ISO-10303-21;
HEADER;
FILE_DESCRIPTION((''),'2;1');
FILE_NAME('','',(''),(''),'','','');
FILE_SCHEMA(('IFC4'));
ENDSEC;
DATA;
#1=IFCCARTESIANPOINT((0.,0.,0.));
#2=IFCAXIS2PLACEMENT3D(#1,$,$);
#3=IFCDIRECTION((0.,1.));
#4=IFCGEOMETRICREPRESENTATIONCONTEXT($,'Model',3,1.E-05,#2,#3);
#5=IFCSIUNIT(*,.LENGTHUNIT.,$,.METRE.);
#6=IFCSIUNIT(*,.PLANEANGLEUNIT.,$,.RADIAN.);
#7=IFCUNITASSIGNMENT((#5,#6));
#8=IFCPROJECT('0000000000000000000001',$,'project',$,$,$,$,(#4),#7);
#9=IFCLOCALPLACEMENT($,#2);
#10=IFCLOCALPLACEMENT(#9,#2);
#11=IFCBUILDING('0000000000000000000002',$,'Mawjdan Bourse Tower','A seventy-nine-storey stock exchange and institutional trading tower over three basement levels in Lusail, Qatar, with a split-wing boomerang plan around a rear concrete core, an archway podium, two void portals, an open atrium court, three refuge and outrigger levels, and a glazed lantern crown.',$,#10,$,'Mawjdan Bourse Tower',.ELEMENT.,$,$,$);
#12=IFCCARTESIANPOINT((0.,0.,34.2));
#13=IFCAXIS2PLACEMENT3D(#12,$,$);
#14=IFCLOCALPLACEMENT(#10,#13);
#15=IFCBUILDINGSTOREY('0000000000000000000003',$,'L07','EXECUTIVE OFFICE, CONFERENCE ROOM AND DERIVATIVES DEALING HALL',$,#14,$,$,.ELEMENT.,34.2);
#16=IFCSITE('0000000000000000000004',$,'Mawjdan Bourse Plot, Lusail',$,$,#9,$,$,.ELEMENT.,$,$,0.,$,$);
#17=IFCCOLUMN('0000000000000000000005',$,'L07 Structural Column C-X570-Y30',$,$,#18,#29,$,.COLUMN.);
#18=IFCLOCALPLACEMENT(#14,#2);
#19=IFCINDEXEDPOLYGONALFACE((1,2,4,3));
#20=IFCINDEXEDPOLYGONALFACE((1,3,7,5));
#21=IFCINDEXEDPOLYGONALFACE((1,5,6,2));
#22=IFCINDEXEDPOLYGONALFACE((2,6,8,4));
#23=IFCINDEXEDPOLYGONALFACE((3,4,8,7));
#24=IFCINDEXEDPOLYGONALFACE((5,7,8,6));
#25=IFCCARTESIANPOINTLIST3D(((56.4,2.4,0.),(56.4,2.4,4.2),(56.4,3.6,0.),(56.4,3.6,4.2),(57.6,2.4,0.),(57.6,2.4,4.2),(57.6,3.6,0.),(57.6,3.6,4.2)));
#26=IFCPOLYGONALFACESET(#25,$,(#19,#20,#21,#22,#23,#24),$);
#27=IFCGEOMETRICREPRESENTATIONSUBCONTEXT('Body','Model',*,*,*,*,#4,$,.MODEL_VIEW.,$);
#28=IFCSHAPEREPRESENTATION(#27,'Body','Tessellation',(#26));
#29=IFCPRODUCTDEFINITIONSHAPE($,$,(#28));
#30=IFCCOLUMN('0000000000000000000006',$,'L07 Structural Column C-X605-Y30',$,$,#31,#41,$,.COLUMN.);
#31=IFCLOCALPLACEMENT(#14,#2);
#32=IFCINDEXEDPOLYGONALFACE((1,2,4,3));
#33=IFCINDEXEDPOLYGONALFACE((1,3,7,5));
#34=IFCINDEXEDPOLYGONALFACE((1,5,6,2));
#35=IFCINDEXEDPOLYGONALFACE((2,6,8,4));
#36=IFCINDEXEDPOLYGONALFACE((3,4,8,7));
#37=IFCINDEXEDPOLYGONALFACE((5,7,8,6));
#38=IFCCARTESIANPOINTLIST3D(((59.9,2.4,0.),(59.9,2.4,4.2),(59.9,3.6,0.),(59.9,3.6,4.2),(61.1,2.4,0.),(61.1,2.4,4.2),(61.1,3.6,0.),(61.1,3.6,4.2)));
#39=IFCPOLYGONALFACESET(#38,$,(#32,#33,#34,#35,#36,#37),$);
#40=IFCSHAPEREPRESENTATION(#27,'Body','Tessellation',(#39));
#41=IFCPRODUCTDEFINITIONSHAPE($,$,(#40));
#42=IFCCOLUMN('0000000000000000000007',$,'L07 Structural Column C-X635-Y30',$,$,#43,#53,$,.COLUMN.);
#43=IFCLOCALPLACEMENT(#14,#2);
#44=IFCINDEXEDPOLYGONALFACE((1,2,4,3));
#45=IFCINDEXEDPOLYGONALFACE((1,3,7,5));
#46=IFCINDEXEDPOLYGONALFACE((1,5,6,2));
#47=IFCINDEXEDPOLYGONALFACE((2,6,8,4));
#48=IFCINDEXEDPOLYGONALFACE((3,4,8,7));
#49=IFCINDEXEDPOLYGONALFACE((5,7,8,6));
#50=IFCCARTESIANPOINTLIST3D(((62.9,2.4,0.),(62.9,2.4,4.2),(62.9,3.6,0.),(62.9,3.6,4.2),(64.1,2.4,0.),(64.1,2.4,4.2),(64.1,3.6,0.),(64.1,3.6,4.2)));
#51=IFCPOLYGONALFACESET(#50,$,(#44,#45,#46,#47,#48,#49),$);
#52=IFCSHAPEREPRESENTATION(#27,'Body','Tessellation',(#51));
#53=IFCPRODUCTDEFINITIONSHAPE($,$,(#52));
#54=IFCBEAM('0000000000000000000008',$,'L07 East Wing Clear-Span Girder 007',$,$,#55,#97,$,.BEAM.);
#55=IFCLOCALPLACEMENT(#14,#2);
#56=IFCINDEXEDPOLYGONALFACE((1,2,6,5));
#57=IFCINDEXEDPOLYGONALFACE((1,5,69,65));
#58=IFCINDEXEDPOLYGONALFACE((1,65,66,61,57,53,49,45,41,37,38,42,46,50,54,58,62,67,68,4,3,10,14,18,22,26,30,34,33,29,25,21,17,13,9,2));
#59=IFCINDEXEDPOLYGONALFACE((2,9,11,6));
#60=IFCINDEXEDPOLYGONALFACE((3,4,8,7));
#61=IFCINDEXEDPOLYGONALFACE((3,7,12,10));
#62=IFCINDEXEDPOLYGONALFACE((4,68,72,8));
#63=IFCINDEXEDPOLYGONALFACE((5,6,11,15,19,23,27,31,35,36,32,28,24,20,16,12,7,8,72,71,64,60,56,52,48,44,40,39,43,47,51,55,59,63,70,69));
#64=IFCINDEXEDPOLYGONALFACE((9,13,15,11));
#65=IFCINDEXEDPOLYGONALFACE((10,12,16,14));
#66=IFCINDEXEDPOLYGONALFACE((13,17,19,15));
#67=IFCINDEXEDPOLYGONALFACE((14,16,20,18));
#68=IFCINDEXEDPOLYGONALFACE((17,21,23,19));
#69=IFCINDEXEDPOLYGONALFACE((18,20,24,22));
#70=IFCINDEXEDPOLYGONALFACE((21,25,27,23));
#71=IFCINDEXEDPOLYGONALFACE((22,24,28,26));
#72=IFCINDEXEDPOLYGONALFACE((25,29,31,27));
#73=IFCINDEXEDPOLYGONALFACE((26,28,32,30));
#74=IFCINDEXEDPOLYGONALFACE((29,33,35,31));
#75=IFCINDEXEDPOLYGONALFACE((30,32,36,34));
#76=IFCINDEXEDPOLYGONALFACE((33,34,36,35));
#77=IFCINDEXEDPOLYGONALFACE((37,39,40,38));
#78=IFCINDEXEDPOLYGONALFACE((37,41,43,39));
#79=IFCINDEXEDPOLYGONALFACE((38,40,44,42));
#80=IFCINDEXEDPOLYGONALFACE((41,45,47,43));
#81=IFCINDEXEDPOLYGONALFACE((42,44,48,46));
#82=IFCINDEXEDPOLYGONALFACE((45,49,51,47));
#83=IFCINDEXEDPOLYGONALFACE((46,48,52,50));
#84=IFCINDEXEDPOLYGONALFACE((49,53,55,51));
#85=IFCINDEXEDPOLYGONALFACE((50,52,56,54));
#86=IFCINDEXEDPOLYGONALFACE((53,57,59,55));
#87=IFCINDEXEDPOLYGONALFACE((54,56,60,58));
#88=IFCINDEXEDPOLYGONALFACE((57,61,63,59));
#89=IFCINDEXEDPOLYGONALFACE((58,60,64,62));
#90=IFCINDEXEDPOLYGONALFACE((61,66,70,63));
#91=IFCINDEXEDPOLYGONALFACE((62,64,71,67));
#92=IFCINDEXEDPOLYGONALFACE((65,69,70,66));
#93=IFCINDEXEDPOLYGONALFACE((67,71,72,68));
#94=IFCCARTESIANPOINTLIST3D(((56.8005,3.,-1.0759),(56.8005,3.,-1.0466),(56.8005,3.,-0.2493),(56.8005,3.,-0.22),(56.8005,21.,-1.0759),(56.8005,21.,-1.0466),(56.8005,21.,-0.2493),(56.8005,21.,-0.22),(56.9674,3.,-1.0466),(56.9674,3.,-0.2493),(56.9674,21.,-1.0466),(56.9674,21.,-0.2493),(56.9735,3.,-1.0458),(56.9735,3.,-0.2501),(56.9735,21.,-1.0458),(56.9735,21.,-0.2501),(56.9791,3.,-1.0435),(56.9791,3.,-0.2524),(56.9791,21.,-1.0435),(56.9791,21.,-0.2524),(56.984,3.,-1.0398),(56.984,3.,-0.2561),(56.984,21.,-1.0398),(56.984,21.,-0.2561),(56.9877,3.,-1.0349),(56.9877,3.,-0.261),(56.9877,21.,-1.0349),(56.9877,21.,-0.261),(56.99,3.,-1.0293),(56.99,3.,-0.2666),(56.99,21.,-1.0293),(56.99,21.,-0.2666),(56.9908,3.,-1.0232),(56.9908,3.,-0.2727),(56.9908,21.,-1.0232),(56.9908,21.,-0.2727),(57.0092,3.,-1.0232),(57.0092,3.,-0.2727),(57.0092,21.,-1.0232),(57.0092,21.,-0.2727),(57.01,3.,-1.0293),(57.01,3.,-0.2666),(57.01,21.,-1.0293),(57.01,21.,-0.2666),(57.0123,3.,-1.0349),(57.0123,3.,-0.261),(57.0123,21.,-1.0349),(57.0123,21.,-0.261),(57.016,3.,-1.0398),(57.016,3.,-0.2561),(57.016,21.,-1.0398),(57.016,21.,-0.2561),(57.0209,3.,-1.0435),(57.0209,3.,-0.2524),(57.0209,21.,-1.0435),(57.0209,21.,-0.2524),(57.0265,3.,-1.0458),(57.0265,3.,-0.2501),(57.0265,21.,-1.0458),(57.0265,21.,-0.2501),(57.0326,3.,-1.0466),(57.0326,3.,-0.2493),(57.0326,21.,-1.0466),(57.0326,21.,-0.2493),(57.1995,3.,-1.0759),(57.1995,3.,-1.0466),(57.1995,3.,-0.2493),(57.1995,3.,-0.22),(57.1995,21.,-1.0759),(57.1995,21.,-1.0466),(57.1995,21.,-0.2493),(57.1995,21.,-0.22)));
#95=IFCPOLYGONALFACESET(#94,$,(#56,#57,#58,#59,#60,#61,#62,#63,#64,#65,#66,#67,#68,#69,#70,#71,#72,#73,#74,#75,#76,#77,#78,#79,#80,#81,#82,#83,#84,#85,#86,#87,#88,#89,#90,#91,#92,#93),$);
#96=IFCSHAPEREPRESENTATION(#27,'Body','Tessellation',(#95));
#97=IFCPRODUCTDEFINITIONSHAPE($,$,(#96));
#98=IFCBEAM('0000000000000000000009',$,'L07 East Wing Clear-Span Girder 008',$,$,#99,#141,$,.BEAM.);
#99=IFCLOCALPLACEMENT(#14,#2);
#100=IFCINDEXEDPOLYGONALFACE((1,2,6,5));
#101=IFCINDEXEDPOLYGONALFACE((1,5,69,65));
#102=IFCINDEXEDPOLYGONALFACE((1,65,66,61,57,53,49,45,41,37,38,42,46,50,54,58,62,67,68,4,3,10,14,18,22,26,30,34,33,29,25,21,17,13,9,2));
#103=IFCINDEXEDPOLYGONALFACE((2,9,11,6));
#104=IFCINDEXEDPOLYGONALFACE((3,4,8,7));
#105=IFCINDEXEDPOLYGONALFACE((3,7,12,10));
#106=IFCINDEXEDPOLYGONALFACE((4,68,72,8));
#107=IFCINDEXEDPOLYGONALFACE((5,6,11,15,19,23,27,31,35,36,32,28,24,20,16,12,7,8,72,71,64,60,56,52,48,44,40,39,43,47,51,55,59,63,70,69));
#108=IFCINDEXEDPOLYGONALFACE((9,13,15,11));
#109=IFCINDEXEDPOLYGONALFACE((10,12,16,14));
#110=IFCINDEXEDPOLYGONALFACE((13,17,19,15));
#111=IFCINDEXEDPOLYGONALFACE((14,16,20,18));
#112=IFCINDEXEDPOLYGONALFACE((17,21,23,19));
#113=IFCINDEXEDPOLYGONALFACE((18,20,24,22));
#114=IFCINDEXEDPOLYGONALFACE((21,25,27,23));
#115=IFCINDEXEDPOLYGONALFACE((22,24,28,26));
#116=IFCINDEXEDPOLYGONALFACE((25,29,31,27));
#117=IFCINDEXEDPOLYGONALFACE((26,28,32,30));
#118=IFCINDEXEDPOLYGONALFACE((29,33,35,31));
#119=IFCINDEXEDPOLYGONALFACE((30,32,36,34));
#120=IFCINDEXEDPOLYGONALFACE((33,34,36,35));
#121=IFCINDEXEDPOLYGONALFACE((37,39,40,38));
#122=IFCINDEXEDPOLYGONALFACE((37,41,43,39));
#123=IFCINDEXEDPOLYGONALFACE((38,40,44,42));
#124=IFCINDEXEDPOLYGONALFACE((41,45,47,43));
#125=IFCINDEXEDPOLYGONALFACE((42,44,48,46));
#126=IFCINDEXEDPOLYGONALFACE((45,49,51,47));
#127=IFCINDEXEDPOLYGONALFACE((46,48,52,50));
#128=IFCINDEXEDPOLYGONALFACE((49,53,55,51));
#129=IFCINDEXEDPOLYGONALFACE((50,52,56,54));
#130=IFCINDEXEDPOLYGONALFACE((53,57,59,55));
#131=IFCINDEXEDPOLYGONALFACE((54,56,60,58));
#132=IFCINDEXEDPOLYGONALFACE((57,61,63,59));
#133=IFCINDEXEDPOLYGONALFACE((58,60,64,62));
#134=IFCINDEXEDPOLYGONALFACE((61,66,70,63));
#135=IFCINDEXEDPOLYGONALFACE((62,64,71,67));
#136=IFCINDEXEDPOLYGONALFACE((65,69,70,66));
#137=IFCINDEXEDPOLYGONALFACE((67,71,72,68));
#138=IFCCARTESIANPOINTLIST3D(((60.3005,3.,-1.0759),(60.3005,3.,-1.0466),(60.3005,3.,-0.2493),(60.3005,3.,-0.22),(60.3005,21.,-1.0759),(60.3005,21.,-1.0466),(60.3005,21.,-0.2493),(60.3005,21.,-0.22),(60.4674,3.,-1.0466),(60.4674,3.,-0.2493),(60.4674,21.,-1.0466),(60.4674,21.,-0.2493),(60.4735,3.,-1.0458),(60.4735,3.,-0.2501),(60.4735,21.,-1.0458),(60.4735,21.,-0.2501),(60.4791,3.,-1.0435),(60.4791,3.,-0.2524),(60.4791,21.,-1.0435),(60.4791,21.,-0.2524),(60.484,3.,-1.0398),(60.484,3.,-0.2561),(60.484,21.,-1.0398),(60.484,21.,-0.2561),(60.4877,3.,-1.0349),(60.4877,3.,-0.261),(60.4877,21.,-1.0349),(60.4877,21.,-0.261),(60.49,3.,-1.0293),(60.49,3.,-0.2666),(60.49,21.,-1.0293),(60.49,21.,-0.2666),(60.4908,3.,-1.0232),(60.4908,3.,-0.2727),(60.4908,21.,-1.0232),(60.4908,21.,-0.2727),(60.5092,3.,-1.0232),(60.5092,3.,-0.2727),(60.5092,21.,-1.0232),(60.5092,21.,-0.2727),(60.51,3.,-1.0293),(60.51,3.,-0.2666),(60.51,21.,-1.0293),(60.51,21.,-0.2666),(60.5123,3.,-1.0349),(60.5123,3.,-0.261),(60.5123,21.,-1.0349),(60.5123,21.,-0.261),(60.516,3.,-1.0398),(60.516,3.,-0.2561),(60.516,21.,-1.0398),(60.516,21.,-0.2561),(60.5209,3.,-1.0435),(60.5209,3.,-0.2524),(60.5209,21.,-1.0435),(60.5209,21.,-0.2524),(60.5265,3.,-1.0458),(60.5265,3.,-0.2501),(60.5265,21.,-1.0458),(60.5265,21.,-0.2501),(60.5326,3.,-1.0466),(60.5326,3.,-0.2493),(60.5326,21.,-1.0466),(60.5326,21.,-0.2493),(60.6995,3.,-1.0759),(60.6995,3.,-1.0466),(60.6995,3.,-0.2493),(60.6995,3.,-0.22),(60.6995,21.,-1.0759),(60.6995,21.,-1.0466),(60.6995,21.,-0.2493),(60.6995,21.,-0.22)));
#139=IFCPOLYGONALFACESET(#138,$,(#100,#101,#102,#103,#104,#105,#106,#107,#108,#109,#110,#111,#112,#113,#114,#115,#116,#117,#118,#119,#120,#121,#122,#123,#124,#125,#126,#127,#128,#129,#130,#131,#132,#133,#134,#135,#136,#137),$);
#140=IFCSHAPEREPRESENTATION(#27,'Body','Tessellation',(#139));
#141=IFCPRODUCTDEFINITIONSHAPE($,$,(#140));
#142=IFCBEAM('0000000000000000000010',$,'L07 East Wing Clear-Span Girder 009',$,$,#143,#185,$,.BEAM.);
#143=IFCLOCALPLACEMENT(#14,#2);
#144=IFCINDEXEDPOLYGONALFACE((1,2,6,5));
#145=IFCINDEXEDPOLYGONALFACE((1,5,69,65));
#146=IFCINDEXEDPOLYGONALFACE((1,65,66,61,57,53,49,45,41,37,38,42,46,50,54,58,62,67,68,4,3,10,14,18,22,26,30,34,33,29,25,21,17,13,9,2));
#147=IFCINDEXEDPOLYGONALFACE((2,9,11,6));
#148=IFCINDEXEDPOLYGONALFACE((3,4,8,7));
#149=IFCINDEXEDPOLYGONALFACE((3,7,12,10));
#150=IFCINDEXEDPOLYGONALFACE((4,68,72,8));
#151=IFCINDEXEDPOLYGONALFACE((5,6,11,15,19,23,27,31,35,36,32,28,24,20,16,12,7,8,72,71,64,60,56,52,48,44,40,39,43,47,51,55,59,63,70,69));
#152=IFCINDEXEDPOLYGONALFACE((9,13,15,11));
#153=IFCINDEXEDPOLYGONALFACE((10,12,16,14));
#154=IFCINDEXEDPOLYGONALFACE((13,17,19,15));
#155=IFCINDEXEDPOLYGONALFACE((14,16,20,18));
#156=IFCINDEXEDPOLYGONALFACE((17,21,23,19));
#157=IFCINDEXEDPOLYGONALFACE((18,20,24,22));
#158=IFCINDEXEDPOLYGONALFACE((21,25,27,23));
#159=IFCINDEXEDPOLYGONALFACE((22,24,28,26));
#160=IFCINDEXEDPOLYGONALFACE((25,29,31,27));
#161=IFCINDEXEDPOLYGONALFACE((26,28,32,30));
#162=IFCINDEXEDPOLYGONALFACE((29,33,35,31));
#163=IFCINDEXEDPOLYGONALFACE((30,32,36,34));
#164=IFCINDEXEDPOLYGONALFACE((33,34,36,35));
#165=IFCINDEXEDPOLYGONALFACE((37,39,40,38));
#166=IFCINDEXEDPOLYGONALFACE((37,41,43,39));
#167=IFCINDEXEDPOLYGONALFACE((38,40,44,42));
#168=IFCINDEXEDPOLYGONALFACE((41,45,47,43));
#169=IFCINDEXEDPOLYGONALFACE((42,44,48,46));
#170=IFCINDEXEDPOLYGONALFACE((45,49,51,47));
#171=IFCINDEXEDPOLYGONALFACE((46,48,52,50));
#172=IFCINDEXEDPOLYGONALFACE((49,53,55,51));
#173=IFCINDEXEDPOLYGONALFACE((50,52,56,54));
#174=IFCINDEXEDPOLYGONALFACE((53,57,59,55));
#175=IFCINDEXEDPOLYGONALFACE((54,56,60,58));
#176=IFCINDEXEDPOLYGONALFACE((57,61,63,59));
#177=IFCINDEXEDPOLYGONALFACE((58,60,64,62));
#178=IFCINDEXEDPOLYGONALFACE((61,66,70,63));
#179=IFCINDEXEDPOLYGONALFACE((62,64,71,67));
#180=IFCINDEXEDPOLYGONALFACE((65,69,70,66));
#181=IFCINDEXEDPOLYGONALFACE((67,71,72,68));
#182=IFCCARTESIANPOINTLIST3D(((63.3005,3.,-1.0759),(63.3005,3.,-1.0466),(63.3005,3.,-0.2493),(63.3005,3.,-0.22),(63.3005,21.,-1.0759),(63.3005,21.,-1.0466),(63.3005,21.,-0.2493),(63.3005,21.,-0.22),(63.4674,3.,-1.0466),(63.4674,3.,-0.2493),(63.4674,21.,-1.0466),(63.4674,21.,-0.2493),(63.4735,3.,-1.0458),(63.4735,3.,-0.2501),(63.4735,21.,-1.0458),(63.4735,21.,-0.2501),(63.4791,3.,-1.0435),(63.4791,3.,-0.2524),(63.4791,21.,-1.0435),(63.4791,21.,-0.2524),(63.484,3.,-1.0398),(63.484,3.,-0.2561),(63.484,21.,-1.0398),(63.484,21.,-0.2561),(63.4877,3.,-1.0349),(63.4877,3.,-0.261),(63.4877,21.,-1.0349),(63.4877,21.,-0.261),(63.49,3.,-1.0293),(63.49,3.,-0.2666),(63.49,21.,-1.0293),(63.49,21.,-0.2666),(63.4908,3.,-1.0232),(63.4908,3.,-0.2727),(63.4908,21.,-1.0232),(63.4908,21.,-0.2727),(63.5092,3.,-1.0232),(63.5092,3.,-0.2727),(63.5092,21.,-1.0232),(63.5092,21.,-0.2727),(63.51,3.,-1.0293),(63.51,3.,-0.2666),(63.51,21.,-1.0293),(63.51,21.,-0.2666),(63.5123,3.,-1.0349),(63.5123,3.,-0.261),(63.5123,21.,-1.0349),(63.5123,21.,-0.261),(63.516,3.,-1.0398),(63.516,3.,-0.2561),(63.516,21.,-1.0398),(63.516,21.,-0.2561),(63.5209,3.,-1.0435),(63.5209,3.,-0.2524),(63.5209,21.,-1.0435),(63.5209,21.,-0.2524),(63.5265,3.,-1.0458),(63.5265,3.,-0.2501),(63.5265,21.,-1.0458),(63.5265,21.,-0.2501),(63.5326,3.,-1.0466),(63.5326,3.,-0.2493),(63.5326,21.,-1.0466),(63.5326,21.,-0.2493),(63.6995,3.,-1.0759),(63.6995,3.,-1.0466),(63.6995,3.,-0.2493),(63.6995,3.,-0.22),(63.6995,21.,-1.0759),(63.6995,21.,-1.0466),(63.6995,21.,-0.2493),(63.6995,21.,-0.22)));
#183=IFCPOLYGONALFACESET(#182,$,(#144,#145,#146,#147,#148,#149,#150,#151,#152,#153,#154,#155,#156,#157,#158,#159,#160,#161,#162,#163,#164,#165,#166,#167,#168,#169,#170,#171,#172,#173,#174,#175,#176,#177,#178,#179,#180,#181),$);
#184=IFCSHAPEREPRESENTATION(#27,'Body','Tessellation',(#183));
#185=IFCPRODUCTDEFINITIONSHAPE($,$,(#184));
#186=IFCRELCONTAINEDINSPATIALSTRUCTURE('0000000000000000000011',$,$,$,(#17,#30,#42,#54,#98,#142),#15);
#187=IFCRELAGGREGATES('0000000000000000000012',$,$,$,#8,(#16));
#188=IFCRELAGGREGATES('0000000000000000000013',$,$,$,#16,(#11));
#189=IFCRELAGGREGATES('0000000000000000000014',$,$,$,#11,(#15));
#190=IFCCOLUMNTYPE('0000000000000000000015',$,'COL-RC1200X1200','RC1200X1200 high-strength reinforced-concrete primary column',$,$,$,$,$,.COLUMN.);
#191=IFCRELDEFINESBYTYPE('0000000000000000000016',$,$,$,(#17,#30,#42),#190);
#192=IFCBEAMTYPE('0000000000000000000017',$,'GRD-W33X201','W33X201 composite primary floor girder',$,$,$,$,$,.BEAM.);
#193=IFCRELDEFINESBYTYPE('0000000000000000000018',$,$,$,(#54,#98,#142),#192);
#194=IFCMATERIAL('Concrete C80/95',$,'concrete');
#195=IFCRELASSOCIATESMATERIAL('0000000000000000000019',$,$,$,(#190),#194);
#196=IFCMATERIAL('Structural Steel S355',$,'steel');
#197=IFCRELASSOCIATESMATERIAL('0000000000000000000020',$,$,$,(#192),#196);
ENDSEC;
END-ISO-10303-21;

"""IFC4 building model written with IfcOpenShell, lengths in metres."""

from ifc_helpers import new_model, si_unit, direction, frame, origin, origin_2d, place, context, subcontext, project, spatial, rectangle, i_section, extrude, material, material_profile, profile_set, type_object, element, save


model = new_model("IFC4")

# Units and contexts
model_context = context("Model", 3, precision=1e-05, world=origin(), true_north=direction((0.0, 1.0)))
body_context = subcontext(model_context, "Body", "Model", "MODEL_VIEW")
ifc_project = project(units=[si_unit("LENGTHUNIT", "METRE"), si_unit("PLANEANGLEUNIT", "RADIAN")], contexts=[model_context])

# Site, building, storey
site_placement = place(None, origin())
site = spatial("IfcSite", under=ifc_project, at=site_placement, Name="Mawjdan Bourse Plot, Lusail", CompositionType="ELEMENT", RefElevation=0.0)
building_placement = place(site_placement, origin())
building = spatial("IfcBuilding", under=site, at=building_placement, Name="Mawjdan Bourse Tower", Description="A seventy-nine-storey stock exchange and institutional trading tower over three basement levels in Lusail, Qatar, with a split-wing boomerang plan around a rear concrete core, an archway podium, two void portals, an open atrium court, three refuge and outrigger levels, and a glazed lantern crown.", LongName="Mawjdan Bourse Tower", CompositionType="ELEMENT")
storey_placement = place(building_placement, frame((0.0, 0.0, 34.2)))
storey = spatial("IfcBuildingStorey", under=building, at=storey_placement, Name="L07", Description="EXECUTIVE OFFICE, CONFERENCE ROOM AND DERIVATIVES DEALING HALL", CompositionType="ELEMENT", Elevation=34.2)

# Columns
ifc_material_1 = material(Name="Concrete C80/95", Category="concrete")
ifc_material_profile_1 = material_profile(ifc_material_1, rectangle(XDim=1.2, YDim=1.2, at=origin_2d()), Name="RC1200X1200")
ifc_profile_set_1 = profile_set([ifc_material_profile_1], Name="Concrete C80/95")
column_type = type_object("IfcColumnType", Name="COL-RC1200X1200", Description="RC1200X1200 high-strength reinforced-concrete primary column", PredefinedType="COLUMN", material=ifc_profile_set_1)
for number, where, z_axis, x_axis, name in (
    (1, (57.0, 3.0, 0.0), (0.0, 0.0, 1.0), (1.0, 0.0, 0.0), "L07 Structural Column C-X570-Y30"),
    (2, (60.5, 3.0, 0.0), (0.0, 0.0, 1.0), (1.0, 0.0, 0.0), "L07 Structural Column C-X605-Y30"),
    (3, (63.5, 3.0, 0.0), (0.0, 0.0, 1.0), (1.0, 0.0, 0.0), "L07 Structural Column C-X635-Y30"),
):
    element("IfcColumn", number, at=place(storey_placement, frame(where, z_axis=z_axis, x_axis=x_axis)), inside=storey, type_object=column_type, Name=name, PredefinedType="COLUMN", context=body_context, shape_type="SweptSolid", body=[
        extrude(rectangle(XDim=1.2, YDim=1.2, at=origin_2d()), origin(), (0.0, 0.0, 1.0), 4.2),
    ])

# Beams
ifc_material_2 = material(Name="Structural Steel S355", Category="steel")
ifc_material_profile_2 = material_profile(ifc_material_2, i_section(OverallWidth=0.3989, OverallDepth=0.856, WebThickness=0.0183, FlangeThickness=0.0293, FilletRadius=0.0234, at=origin_2d()), Name="W33X201")
ifc_profile_set_2 = profile_set([ifc_material_profile_2], Name="Structural Steel S355")
beam_type_1 = type_object("IfcBeamType", Name="GRD-W33X201", Description="W33X201 composite primary floor girder", PredefinedType="BEAM", material=ifc_profile_set_2)
for number, where, z_axis, x_axis, name in (
    (4, (57.0, 3.0, -0.6479), (0.0, 1.0, 0.0), (-1.0, 0.0, 0.0), "L07 East Wing Clear-Span Girder 007"),
    (5, (60.5, 3.0, -0.6479), (0.0, 1.0, 0.0), (-1.0, 0.0, 0.0), "L07 East Wing Clear-Span Girder 008"),
    (6, (63.5, 3.0, -0.6479), (0.0, 1.0, 0.0), (-1.0, 0.0, 0.0), "L07 East Wing Clear-Span Girder 009"),
):
    element("IfcBeam", number, at=place(storey_placement, frame(where, z_axis=z_axis, x_axis=x_axis)), inside=storey, type_object=beam_type_1, Name=name, PredefinedType="BEAM", context=body_context, shape_type="SweptSolid", body=[
        extrude(i_section(OverallWidth=0.3989, OverallDepth=0.856, WebThickness=0.0183, FlangeThickness=0.0293, FilletRadius=0.0234, at=origin_2d()), origin(), (0.0, 0.0, 1.0), 18.0),
    ])

save(model, "model.ifc")
